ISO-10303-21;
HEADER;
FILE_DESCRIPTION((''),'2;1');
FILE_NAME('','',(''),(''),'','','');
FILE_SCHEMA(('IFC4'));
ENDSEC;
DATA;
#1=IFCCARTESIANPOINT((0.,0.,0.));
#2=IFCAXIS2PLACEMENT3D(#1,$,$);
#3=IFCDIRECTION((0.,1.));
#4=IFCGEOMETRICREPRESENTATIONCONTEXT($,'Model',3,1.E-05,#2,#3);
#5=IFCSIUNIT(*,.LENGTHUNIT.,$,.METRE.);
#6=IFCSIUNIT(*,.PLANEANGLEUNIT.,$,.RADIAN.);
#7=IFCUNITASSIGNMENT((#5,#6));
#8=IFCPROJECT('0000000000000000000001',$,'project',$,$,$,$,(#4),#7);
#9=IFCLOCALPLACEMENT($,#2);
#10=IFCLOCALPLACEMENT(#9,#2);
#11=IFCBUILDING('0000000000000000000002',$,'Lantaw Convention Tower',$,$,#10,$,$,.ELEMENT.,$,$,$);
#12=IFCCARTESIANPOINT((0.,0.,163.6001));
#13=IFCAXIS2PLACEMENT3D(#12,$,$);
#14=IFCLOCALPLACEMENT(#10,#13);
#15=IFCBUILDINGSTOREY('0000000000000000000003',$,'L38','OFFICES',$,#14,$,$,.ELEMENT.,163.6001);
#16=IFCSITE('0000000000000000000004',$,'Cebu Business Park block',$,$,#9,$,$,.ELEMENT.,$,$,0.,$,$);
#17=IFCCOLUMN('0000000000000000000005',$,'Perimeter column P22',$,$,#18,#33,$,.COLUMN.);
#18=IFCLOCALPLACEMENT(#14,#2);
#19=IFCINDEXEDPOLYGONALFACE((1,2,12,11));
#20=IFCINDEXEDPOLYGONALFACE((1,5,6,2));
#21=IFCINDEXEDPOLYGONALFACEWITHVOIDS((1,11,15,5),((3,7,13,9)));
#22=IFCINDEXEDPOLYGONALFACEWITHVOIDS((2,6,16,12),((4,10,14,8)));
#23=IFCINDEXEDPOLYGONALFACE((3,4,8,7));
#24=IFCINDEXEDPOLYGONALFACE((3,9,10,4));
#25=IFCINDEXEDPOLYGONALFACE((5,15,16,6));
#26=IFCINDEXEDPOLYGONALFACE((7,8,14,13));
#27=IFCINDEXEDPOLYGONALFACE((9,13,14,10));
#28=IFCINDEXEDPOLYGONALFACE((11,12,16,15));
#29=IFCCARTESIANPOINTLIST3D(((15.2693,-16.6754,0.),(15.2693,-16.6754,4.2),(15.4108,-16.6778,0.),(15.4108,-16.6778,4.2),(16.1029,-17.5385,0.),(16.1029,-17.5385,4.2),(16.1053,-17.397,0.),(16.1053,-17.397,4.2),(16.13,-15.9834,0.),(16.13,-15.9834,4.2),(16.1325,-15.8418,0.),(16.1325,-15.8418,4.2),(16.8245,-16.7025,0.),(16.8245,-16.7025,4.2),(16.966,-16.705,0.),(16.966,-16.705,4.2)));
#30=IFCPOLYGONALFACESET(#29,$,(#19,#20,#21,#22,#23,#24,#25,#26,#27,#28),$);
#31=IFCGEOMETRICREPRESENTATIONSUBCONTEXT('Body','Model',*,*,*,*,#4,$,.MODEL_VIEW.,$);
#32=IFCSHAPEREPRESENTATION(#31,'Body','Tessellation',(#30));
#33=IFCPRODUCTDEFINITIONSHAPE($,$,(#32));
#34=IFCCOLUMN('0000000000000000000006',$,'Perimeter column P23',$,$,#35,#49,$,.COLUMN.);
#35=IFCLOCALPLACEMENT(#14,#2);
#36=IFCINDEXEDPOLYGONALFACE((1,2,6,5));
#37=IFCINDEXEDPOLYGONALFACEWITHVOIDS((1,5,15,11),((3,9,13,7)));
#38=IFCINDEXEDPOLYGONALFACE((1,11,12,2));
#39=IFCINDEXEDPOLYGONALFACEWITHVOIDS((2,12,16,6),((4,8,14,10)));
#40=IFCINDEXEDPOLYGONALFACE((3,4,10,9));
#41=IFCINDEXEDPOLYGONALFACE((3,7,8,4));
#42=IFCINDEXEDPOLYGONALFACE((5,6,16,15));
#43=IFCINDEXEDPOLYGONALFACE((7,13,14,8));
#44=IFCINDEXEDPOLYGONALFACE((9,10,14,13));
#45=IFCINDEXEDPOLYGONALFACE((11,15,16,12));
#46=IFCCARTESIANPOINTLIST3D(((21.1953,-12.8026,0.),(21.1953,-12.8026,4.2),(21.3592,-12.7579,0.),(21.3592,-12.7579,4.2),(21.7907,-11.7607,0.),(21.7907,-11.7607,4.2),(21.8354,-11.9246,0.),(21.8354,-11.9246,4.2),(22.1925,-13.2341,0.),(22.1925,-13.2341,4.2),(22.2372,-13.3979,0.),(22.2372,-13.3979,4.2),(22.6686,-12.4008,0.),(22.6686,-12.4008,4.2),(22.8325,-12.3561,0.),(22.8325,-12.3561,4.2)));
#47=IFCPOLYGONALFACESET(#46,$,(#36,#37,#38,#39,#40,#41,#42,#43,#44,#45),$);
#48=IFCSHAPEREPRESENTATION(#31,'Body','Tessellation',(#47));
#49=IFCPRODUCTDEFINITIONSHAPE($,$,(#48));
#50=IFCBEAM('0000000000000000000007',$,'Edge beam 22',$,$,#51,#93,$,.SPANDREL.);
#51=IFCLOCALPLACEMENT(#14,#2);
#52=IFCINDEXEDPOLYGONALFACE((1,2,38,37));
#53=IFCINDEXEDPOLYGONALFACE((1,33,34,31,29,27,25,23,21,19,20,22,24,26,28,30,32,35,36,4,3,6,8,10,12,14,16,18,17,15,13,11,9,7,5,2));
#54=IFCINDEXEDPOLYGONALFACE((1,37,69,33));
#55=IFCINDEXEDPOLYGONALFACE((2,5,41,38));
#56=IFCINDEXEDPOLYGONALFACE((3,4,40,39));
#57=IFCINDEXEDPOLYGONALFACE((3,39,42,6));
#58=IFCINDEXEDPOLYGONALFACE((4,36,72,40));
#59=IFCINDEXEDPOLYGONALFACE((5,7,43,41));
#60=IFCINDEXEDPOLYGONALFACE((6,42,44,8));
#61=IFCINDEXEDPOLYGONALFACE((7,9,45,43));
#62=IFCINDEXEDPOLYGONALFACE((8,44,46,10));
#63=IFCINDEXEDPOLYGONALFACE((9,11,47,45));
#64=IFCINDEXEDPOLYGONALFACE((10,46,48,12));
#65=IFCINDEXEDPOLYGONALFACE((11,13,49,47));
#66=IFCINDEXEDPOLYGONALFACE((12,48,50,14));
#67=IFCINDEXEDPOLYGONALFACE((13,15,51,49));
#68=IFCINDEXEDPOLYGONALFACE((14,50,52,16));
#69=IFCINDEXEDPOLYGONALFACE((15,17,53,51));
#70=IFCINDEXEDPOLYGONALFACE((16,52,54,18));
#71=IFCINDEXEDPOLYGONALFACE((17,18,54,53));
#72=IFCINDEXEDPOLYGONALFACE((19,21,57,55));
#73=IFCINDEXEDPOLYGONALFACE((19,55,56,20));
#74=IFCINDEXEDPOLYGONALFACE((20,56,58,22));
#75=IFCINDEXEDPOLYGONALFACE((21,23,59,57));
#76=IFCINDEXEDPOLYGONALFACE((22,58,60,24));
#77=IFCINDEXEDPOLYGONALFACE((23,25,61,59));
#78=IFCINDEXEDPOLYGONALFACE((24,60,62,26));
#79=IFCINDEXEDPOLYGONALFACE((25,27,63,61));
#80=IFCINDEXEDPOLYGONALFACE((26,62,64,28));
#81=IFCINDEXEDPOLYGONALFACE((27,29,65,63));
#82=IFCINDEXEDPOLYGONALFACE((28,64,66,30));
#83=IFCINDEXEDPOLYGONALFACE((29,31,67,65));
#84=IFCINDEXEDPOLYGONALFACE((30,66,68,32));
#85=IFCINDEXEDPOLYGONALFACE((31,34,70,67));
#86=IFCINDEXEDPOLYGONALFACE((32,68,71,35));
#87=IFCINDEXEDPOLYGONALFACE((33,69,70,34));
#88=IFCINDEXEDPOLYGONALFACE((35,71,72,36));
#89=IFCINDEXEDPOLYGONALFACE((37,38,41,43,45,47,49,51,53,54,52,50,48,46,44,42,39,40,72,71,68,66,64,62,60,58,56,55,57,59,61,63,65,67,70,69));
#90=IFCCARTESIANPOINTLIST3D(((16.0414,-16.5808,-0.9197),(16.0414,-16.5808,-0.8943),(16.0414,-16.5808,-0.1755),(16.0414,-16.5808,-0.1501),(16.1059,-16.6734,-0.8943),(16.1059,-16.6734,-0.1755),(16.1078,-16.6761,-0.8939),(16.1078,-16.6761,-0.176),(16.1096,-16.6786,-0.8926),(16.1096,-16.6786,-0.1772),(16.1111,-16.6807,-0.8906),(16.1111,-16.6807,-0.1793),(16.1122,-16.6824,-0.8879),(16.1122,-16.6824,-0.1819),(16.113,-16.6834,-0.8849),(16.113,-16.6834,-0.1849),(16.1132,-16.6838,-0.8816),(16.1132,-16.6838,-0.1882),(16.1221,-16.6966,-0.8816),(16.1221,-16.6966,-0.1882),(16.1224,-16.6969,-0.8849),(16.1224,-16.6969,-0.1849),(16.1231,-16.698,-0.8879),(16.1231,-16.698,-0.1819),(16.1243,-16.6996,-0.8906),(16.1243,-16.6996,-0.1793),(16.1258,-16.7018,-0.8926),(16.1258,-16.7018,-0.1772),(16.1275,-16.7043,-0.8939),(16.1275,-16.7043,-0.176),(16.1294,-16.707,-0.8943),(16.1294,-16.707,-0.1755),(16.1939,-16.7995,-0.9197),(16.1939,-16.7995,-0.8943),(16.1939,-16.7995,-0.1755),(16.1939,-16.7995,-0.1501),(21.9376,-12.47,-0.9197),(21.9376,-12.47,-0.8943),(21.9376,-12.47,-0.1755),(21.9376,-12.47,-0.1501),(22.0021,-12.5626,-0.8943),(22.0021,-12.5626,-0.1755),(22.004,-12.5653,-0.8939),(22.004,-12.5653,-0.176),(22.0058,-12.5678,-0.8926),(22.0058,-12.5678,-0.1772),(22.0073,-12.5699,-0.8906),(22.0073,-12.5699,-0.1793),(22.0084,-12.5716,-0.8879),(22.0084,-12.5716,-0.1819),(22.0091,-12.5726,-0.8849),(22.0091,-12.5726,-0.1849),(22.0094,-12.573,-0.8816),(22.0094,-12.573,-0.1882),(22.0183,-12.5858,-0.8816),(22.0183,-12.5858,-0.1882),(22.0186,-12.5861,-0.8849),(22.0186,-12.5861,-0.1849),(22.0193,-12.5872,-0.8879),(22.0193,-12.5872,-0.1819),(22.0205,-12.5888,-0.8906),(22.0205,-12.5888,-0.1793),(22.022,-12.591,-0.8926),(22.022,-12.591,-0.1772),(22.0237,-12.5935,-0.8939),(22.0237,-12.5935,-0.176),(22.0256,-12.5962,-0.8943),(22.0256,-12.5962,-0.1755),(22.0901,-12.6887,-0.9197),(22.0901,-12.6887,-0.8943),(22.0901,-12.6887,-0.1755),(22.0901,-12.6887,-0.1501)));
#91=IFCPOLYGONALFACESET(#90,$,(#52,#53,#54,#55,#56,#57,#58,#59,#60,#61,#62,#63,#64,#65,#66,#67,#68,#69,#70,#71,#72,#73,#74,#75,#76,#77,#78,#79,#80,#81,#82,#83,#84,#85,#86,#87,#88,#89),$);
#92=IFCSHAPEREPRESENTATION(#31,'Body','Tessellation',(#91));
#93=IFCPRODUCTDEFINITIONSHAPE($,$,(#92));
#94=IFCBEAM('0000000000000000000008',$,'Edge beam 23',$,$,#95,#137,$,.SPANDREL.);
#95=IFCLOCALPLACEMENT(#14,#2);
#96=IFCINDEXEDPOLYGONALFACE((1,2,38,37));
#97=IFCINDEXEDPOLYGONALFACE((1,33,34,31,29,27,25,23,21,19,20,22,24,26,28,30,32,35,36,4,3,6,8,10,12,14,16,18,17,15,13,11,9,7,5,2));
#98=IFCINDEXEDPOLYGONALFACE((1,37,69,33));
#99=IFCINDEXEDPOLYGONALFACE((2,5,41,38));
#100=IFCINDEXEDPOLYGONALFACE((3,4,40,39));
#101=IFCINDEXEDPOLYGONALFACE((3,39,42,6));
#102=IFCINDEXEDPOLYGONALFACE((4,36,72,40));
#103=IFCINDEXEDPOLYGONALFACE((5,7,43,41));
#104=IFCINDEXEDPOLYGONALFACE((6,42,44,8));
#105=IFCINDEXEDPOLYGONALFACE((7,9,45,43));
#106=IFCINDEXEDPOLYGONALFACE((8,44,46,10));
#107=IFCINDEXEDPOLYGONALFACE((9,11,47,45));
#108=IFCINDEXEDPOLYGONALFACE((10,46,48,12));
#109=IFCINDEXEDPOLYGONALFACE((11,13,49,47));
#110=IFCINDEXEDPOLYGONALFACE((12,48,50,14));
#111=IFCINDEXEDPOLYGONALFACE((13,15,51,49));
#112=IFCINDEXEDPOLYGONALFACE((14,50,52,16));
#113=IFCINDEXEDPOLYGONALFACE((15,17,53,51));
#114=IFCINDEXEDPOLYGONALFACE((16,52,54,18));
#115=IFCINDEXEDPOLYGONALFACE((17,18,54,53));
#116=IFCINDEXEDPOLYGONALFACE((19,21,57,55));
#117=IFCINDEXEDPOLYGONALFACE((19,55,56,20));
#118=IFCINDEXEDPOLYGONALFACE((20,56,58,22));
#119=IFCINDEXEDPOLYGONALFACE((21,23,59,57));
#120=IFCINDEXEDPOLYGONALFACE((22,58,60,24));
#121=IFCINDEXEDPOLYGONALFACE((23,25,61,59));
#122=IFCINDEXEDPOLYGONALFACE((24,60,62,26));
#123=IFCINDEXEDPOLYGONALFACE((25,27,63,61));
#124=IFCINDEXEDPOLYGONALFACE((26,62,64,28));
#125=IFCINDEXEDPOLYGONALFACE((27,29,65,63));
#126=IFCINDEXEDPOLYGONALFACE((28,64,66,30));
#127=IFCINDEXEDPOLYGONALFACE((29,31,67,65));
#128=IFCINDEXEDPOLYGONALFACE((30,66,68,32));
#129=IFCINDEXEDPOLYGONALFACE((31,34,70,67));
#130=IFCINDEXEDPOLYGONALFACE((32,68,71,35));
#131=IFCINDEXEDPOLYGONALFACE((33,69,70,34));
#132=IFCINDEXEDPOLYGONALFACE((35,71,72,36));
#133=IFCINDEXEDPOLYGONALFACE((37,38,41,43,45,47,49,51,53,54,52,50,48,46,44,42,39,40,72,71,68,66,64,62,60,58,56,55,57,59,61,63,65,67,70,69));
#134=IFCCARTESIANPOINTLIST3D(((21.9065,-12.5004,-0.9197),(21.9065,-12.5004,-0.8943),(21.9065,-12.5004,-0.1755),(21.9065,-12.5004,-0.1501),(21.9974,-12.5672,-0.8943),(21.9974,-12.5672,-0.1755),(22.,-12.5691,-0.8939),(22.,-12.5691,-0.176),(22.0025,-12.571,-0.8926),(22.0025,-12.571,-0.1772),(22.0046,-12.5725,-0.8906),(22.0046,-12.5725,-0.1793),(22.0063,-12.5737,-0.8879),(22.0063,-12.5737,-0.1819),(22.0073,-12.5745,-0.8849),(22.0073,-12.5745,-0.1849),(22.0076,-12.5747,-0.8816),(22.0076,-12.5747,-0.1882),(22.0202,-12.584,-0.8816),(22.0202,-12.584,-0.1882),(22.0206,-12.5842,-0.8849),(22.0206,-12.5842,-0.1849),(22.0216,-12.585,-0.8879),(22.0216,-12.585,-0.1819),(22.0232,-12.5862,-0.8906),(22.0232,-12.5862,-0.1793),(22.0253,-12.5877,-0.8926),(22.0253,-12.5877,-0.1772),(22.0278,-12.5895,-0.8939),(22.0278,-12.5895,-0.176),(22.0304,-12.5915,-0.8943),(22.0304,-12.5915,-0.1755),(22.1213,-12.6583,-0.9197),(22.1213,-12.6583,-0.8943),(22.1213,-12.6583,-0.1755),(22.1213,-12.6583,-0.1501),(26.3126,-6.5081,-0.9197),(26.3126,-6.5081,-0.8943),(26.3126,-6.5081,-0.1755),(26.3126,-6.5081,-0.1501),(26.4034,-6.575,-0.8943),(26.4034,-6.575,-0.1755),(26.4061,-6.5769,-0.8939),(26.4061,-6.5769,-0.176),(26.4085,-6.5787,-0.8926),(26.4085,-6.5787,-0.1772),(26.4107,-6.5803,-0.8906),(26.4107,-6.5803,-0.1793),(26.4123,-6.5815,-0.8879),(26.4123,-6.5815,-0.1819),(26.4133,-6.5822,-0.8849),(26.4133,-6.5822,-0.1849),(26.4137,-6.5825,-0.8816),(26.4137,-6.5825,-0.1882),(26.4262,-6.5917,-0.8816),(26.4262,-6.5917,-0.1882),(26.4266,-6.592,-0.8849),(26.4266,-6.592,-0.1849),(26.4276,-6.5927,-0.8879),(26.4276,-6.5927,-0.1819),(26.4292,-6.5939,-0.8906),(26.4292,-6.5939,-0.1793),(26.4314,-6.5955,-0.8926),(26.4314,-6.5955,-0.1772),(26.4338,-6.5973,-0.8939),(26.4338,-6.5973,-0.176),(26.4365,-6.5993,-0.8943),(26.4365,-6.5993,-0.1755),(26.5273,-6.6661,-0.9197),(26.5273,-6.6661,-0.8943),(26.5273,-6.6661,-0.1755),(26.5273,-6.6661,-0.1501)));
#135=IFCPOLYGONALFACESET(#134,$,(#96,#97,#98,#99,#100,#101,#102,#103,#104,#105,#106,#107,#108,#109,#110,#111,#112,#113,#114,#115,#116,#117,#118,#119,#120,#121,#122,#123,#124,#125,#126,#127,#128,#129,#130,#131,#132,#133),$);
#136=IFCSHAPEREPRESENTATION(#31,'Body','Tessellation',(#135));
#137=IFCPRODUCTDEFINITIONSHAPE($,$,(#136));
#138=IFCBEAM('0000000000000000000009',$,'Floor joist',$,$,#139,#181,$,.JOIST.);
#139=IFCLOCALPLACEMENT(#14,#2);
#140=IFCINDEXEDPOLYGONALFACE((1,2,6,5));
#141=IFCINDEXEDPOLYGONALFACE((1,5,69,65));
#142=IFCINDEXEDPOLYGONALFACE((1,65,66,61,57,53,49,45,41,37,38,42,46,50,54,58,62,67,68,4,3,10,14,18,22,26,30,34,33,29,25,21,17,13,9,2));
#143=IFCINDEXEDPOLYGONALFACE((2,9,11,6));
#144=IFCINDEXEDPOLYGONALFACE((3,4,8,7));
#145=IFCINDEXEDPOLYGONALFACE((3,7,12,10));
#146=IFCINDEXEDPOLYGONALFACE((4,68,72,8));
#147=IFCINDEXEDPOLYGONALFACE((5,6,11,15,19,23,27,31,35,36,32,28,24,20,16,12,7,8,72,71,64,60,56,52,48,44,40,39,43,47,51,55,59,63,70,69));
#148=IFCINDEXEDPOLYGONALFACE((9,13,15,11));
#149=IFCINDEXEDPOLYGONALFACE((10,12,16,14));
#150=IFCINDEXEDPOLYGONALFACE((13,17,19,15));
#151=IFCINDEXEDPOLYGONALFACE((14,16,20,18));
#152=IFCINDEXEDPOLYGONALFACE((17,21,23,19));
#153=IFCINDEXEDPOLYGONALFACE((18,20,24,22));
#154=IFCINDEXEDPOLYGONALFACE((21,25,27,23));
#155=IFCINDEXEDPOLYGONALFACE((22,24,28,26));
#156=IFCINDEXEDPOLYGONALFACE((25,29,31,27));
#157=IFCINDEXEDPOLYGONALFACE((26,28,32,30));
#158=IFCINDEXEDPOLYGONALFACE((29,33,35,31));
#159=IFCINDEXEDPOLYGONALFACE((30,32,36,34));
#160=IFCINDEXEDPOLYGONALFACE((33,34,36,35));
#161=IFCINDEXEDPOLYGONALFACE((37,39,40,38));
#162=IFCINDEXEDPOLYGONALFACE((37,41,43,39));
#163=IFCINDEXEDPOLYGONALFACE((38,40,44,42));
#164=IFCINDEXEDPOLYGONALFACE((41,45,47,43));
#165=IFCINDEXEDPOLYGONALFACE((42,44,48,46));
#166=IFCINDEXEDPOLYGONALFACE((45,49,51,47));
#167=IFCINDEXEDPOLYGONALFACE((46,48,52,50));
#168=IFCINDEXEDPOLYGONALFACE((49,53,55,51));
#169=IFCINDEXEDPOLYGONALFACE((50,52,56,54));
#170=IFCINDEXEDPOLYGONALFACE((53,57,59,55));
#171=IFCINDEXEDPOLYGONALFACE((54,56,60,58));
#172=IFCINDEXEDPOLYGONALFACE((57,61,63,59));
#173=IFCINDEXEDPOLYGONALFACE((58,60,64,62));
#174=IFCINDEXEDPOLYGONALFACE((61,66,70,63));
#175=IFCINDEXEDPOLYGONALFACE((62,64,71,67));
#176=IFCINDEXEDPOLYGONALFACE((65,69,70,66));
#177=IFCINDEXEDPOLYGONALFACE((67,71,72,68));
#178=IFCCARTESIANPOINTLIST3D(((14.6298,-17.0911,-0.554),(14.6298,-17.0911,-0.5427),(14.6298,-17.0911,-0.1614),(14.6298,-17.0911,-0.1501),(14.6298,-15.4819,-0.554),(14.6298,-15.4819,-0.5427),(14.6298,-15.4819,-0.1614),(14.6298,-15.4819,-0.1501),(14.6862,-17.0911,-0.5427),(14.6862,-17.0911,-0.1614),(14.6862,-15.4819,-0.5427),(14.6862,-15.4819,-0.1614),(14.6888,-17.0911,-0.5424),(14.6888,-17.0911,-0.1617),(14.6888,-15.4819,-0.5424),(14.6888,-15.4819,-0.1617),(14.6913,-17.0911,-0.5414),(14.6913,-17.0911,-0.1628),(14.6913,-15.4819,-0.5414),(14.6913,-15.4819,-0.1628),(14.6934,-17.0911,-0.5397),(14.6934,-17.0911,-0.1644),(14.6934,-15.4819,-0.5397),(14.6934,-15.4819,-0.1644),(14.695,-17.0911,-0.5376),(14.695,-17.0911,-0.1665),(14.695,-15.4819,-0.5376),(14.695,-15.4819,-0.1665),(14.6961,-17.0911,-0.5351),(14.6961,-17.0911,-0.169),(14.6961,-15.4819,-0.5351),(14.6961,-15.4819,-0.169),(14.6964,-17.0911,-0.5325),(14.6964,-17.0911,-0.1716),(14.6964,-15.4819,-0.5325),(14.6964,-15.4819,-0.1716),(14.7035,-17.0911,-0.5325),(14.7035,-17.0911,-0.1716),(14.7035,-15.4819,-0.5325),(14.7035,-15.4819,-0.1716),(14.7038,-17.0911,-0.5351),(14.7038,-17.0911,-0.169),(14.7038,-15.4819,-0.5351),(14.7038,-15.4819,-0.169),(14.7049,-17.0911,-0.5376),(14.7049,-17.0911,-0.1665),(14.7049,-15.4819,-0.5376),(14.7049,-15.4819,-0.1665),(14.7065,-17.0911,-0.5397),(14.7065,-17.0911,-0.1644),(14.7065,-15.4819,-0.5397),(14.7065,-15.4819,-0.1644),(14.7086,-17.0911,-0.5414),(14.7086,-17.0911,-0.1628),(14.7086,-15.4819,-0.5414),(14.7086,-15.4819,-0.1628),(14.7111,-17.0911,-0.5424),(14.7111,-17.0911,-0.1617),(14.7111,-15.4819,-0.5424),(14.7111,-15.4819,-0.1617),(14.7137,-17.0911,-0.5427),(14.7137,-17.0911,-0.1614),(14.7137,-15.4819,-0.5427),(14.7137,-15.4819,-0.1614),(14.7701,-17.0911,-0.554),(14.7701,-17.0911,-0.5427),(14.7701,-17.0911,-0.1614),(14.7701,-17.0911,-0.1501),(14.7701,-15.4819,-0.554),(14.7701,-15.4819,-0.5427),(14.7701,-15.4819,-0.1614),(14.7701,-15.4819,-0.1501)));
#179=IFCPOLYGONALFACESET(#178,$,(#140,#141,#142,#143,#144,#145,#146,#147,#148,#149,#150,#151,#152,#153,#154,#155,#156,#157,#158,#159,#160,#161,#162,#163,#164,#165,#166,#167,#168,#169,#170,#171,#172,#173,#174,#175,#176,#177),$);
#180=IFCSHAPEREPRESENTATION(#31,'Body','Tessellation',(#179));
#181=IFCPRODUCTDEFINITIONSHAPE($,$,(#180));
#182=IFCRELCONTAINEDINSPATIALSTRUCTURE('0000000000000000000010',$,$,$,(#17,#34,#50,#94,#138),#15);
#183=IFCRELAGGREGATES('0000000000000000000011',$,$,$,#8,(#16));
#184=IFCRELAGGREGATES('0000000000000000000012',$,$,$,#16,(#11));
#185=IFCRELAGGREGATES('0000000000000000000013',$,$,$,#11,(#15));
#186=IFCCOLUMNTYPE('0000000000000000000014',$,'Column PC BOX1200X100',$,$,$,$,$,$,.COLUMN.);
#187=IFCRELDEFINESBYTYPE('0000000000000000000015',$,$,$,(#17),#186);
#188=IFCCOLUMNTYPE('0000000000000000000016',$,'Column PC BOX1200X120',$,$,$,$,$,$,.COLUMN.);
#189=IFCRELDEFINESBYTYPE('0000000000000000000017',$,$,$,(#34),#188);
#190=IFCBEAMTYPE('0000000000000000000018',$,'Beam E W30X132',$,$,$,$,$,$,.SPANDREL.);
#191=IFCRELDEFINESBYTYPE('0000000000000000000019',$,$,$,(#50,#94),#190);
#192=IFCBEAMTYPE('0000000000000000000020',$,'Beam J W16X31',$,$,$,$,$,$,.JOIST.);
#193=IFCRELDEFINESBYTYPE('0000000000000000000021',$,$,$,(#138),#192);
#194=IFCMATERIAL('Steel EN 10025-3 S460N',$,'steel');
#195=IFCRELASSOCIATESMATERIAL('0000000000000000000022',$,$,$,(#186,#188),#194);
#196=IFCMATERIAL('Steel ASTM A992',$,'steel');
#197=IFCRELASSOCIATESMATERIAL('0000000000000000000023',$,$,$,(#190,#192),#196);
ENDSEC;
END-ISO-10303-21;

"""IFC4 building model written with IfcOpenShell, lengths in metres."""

from ifc_helpers import new_model, si_unit, direction, frame, origin, origin_2d, place, context, subcontext, project, spatial, rectangle, hollow_rectangle, i_section, extrude, material, material_profile, profile_set, type_object, element, save


model = new_model("IFC4")

# Units and contexts
model_context = context("Model", 3, precision=1e-05, world=origin(), true_north=direction((0.0, 1.0)))
body_context = subcontext(model_context, "Body", "Model", "MODEL_VIEW")
ifc_project = project(units=[si_unit("LENGTHUNIT", "METRE"), si_unit("PLANEANGLEUNIT", "RADIAN")], contexts=[model_context])

# Site, building, storey
site_placement = place(None, origin())
site = spatial("IfcSite", under=ifc_project, at=site_placement, Name="Cebu Business Park block", CompositionType="ELEMENT", RefElevation=0.0)
building_placement = place(site_placement, origin())
building = spatial("IfcBuilding", under=site, at=building_placement, Name="Lantaw Convention Tower", CompositionType="ELEMENT")
storey_placement = place(building_placement, frame((0.0, 0.0, 163.6001)))
storey = spatial("IfcBuildingStorey", under=building, at=storey_placement, Name="L38", Description="OFFICES", CompositionType="ELEMENT", Elevation=163.6001)

# Columns
ifc_material_1 = material(Name="Steel EN 10025-3 S460N", Category="steel")
ifc_material_profile_1 = material_profile(ifc_material_1, hollow_rectangle(XDim=1.2, YDim=1.2, WallThickness=0.1001, at=origin_2d()), Name="BOX1200X100")
ifc_material_2 = material(Name="Concrete C60/75", Category="concrete")
ifc_material_profile_2 = material_profile(ifc_material_2, rectangle(XDim=1.0, YDim=1.0, at=origin_2d()), Name="Concrete fill of BOX1200X100")
ifc_profile_set_1 = profile_set([ifc_material_profile_1, ifc_material_profile_2], Name="Steel EN 10025-3 S460N")
column_type_1 = type_object("IfcColumnType", Name="Column PC BOX1200X100", PredefinedType="COLUMN", material=ifc_profile_set_1)
column_1_placement = place(storey_placement, frame((16.1177, -16.6902, 0.0), z_axis=(0.0, 0.0, 1.0), x_axis=(0.71934, 0.694658, 0.0)))
element("IfcColumn", 1, at=column_1_placement, inside=storey, type_object=column_type_1, Name="Perimeter column P22", PredefinedType="COLUMN", context=body_context, shape_type="SweptSolid", body=[
    extrude(hollow_rectangle(XDim=1.2, YDim=1.2, WallThickness=0.1001, at=origin_2d()), origin(), (0.0, 0.0, 1.0), 4.2),
])
ifc_material_profile_3 = material_profile(ifc_material_1, hollow_rectangle(XDim=1.2, YDim=1.2, WallThickness=0.1201, at=origin_2d()), Name="BOX1200X120")
ifc_material_profile_4 = material_profile(ifc_material_2, rectangle(XDim=0.96, YDim=0.96, at=origin_2d()), Name="Concrete fill of BOX1200X120")
ifc_profile_set_2 = profile_set([ifc_material_profile_3, ifc_material_profile_4], Name="Steel EN 10025-3 S460N")
column_type_2 = type_object("IfcColumnType", Name="Column PC BOX1200X120", PredefinedType="COLUMN", material=ifc_profile_set_2)
column_2_placement = place(storey_placement, frame((22.0139, -12.5793, 0.0), z_axis=(0.0, 0.0, 1.0), x_axis=(0.496139, 0.868243, 0.0)))
element("IfcColumn", 2, at=column_2_placement, inside=storey, type_object=column_type_2, Name="Perimeter column P23", PredefinedType="COLUMN", context=body_context, shape_type="SweptSolid", body=[
    extrude(hollow_rectangle(XDim=1.2, YDim=1.2, WallThickness=0.1201, at=origin_2d()), origin(), (0.0, 0.0, 1.0), 4.2),
])

# Beams
ifc_material_3 = material(Name="Steel ASTM A992", Category="steel")
ifc_material_profile_5 = material_profile(ifc_material_3, i_section(OverallWidth=0.2666, OverallDepth=0.7695, WebThickness=0.0156, FlangeThickness=0.0254, FilletRadius=0.0127, at=origin_2d()), Name="W30X132")
ifc_profile_set_3 = profile_set([ifc_material_profile_5], Name="Steel ASTM A992")
beam_type_1 = type_object("IfcBeamType", Name="Beam E W30X132", PredefinedType="SPANDREL", material=ifc_profile_set_3)
beam_1_placement = place(storey_placement, frame((16.1177, -16.6902, -0.5349), z_axis=(0.820311, 0.571918, 0.0), x_axis=(-0.571918, 0.820311, 0.0)))
element("IfcBeam", 3, at=beam_1_placement, inside=storey, type_object=beam_type_1, Name="Edge beam 22", PredefinedType="SPANDREL", context=body_context, shape_type="SweptSolid", body=[
    extrude(i_section(OverallWidth=0.2666, OverallDepth=0.7695, WebThickness=0.0156, FlangeThickness=0.0254, FilletRadius=0.0127, at=origin_2d()), origin(), (0.0, 0.0, 1.0), 7.1877),
])
beam_2_placement = place(storey_placement, frame((22.0139, -12.5793, -0.5349), z_axis=(0.592389, 0.805652, 0.0), x_axis=(-0.805652, 0.592389, 0.0)))
element("IfcBeam", 4, at=beam_2_placement, inside=storey, type_object=beam_type_1, Name="Edge beam 23", PredefinedType="SPANDREL", context=body_context, shape_type="SweptSolid", body=[
    extrude(i_section(OverallWidth=0.2666, OverallDepth=0.7695, WebThickness=0.0156, FlangeThickness=0.0254, FilletRadius=0.0127, at=origin_2d()), origin(), (0.0, 0.0, 1.0), 7.4377),
])
ifc_material_profile_6 = material_profile(ifc_material_3, i_section(OverallWidth=0.1404, OverallDepth=0.4038, WebThickness=0.0071, FlangeThickness=0.0112, FilletRadius=0.0103, at=origin_2d()), Name="W16X31")
ifc_profile_set_4 = profile_set([ifc_material_profile_6], Name="Steel ASTM A992")
beam_type_2 = type_object("IfcBeamType", Name="Beam J W16X31", PredefinedType="JOIST", material=ifc_profile_set_4)
beam_3_placement = place(storey_placement, frame((14.7, -17.0911, -0.3521), z_axis=(0.0, 1.0, 0.0), x_axis=(-1.0, 0.0, 0.0)))
element("IfcBeam", 5, at=beam_3_placement, inside=storey, type_object=beam_type_2, Name="Floor joist", PredefinedType="JOIST", context=body_context, shape_type="SweptSolid", body=[
    extrude(i_section(OverallWidth=0.1404, OverallDepth=0.4038, WebThickness=0.0071, FlangeThickness=0.0112, FilletRadius=0.0103, at=origin_2d()), origin(), (0.0, 0.0, 1.0), 1.6091),
])

save(model, "model.ifc")
